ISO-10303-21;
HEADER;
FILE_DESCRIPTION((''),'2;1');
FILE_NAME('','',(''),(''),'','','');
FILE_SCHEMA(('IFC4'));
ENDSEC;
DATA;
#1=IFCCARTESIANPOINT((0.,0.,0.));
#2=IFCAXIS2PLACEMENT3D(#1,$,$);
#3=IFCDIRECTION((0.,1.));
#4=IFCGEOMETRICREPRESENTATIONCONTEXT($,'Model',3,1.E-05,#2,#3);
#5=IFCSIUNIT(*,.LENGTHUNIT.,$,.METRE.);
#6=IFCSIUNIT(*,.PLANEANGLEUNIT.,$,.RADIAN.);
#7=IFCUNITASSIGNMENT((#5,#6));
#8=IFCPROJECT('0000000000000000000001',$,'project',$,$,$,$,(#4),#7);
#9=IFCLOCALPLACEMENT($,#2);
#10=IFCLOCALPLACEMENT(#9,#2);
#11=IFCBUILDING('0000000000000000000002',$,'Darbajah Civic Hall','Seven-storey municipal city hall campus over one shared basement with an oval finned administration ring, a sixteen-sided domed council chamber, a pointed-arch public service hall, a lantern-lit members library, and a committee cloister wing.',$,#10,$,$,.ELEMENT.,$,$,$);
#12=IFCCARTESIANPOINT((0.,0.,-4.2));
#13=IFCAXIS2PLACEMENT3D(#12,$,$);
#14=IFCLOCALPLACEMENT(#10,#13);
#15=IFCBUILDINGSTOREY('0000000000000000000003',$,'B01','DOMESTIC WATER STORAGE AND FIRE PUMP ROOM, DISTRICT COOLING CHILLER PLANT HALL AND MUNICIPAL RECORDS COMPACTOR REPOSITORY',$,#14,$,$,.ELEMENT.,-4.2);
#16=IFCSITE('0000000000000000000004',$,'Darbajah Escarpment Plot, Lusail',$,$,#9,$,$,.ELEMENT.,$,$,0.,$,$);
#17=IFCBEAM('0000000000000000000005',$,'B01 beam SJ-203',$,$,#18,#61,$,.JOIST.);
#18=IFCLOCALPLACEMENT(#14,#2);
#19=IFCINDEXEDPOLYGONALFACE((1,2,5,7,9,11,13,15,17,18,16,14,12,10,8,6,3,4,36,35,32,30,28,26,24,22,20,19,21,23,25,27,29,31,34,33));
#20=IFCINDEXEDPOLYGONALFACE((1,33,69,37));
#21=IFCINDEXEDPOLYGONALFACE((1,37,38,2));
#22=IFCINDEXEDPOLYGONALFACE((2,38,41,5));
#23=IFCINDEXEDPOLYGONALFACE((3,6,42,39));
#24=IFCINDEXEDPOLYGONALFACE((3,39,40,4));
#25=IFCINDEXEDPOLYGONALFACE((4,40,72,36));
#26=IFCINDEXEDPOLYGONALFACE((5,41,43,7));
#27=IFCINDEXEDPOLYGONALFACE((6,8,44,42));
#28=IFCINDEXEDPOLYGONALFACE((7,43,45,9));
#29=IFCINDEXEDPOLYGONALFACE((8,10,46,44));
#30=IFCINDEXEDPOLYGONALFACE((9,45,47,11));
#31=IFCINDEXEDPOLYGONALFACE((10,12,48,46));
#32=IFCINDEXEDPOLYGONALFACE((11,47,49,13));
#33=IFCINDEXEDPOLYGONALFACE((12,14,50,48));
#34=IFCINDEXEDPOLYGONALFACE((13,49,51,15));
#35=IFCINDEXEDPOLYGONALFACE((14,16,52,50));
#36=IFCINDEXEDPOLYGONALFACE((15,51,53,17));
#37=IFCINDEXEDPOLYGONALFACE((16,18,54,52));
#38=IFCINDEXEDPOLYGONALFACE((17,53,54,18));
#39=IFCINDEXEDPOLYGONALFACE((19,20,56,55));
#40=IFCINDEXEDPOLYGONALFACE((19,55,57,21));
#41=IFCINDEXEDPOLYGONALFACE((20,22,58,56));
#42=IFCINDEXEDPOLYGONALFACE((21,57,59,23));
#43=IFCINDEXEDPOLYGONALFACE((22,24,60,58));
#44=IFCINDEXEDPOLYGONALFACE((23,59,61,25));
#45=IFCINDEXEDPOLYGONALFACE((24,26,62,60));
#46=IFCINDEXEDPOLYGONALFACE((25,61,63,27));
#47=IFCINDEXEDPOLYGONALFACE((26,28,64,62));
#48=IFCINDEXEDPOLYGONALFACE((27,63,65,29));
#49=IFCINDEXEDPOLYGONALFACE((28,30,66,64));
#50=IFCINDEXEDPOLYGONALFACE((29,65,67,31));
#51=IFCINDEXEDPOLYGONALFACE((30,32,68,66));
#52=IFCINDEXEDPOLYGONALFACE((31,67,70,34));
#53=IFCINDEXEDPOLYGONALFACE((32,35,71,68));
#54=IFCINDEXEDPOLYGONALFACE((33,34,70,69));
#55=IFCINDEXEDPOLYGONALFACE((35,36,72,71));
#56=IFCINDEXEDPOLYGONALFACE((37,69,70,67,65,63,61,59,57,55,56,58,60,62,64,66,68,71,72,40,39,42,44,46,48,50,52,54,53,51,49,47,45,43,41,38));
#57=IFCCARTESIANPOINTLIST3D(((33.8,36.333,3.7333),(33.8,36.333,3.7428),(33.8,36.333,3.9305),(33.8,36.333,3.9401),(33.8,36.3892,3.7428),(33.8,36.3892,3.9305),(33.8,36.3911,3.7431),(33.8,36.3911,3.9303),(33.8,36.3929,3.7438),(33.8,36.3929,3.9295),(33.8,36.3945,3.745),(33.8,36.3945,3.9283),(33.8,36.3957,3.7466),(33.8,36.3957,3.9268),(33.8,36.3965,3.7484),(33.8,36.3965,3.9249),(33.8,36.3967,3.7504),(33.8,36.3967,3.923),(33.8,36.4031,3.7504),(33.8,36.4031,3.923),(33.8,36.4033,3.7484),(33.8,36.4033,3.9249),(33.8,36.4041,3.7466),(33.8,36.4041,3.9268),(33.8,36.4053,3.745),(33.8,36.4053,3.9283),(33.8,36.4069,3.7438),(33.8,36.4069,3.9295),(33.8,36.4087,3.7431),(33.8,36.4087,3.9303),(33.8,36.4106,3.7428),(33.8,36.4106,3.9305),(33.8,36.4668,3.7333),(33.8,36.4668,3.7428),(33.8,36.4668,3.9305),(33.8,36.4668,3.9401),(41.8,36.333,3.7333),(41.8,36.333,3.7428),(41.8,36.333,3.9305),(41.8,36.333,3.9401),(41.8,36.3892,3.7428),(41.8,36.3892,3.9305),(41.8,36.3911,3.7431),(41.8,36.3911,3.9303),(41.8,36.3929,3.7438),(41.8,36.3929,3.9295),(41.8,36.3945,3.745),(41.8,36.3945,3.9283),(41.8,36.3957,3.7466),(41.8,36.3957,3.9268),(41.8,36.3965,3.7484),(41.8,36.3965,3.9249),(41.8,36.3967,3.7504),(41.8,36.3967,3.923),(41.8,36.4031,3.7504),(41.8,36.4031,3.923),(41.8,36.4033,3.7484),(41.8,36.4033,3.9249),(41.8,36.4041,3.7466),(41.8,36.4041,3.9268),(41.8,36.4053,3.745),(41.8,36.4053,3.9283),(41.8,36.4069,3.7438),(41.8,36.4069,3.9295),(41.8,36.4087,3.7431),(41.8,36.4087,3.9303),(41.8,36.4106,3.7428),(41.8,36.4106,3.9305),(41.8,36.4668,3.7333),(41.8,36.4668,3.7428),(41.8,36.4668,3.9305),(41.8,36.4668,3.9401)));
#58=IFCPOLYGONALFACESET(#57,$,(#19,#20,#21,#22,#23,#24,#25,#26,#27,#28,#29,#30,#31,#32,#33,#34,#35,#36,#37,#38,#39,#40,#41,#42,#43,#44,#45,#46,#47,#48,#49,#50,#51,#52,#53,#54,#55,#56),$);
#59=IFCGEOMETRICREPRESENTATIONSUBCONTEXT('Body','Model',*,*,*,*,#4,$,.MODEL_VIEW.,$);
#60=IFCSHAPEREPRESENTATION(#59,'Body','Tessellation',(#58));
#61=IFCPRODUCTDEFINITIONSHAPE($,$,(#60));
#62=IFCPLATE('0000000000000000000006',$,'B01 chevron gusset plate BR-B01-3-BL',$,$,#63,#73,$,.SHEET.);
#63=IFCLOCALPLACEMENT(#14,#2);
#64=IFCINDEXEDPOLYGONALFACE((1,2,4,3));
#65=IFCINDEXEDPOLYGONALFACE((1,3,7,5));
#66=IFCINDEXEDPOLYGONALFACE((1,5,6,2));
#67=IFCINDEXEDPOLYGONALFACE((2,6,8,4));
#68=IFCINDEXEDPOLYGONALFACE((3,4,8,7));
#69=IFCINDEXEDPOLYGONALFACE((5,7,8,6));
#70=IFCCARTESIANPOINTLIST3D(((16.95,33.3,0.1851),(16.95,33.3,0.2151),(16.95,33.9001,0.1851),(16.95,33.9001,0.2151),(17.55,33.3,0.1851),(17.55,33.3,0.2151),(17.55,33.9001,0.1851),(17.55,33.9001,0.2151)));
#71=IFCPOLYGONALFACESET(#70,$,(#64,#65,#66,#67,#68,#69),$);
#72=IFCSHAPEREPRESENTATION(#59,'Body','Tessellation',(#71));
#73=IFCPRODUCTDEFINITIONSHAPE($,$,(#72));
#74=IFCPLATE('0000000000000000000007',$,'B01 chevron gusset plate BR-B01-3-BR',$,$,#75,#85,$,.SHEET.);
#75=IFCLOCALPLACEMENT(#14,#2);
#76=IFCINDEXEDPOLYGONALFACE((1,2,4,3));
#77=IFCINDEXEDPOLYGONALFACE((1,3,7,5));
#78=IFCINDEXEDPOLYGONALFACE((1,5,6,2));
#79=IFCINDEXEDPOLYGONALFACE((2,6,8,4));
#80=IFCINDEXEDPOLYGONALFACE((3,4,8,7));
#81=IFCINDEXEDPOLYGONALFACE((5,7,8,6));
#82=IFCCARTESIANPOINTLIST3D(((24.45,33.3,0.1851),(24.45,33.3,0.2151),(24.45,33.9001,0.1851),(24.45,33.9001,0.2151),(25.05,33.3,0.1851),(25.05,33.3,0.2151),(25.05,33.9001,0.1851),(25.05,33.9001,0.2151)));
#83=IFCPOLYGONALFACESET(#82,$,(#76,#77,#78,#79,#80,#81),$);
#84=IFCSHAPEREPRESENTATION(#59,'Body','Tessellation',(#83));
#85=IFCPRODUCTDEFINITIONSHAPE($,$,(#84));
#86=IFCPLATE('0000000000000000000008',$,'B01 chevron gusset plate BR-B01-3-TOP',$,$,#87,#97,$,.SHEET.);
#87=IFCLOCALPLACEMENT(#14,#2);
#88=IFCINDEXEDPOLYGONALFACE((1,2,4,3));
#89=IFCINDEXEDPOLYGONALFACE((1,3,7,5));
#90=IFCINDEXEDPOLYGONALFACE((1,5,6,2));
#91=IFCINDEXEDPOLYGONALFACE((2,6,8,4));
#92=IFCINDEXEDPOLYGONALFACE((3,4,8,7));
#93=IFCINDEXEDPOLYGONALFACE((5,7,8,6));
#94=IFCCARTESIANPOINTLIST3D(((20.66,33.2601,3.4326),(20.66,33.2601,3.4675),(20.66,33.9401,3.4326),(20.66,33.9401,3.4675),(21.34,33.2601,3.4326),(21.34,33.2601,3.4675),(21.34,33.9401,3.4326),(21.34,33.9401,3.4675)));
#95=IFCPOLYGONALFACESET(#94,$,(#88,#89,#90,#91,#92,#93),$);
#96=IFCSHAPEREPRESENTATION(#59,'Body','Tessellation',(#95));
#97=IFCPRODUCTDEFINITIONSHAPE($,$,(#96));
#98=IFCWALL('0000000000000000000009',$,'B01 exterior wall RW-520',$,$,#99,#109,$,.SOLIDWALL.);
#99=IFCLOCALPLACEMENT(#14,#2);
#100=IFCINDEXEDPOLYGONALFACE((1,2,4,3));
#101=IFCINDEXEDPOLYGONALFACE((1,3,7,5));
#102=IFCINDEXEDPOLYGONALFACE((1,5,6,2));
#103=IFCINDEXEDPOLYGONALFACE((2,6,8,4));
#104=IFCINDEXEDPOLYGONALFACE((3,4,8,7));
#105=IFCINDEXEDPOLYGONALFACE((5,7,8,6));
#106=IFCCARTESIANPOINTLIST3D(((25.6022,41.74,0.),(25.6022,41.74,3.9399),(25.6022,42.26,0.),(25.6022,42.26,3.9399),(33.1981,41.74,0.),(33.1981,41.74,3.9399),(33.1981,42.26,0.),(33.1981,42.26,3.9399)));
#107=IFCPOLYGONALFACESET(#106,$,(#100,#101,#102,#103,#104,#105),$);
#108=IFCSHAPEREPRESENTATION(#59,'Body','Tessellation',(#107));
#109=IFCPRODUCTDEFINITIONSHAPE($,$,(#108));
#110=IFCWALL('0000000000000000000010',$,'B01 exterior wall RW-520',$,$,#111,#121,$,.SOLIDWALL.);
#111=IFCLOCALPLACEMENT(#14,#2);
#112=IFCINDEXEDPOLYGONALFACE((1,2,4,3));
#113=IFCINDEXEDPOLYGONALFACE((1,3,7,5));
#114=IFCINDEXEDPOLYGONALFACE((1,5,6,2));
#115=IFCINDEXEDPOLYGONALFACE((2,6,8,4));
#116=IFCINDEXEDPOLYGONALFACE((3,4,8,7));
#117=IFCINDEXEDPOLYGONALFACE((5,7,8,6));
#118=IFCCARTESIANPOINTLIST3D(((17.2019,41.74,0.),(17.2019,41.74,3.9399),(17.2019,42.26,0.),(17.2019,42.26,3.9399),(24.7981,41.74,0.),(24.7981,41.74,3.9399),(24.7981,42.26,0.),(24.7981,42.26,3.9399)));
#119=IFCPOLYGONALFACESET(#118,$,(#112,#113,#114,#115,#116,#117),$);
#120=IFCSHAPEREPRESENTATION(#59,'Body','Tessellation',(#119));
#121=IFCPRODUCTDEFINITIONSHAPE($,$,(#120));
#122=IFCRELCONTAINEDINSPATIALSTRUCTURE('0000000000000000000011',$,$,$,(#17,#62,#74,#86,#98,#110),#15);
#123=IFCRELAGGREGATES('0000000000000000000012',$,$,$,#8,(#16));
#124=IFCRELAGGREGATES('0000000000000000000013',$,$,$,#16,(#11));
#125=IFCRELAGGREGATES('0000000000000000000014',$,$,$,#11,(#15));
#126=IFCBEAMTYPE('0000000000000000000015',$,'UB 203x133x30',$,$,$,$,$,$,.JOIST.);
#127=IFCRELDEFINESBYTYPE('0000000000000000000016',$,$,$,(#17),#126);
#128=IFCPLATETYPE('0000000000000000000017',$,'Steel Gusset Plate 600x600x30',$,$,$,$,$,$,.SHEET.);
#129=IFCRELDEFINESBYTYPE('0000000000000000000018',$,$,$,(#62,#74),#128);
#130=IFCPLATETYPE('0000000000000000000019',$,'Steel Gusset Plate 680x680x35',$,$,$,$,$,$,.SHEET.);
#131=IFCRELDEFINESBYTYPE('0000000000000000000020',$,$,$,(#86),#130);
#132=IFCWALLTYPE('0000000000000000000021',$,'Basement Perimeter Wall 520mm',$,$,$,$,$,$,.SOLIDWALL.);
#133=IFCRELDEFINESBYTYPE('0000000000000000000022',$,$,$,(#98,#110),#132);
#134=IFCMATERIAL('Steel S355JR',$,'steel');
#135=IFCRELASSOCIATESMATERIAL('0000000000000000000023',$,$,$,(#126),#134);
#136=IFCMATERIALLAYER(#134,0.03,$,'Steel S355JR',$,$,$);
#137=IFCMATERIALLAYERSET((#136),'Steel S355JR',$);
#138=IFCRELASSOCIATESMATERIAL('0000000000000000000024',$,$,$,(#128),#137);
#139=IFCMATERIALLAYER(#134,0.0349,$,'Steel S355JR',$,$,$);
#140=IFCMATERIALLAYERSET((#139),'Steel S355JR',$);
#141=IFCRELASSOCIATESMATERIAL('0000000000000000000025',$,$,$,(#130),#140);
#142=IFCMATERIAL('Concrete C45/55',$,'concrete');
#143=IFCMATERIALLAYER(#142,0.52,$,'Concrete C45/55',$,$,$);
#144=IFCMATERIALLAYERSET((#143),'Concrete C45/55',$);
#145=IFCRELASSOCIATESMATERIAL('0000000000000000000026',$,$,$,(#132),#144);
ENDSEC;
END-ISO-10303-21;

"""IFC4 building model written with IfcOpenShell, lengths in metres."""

from ifc_helpers import new_model, si_unit, direction, frame, frame_2d, origin, origin_2d, place, context, subcontext, project, spatial, rectangle, i_section, extrude, material, layer, layer_set, material_profile, profile_set, type_object, element, save


model = new_model("IFC4")

# Units and contexts
model_context = context("Model", 3, precision=1e-05, world=origin(), true_north=direction((0.0, 1.0)))
body_context = subcontext(model_context, "Body", "Model", "MODEL_VIEW")
ifc_project = project(units=[si_unit("LENGTHUNIT", "METRE"), si_unit("PLANEANGLEUNIT", "RADIAN")], contexts=[model_context])

# Site, building, storey
site_placement = place(None, origin())
site = spatial("IfcSite", under=ifc_project, at=site_placement, Name="Darbajah Escarpment Plot, Lusail", CompositionType="ELEMENT", RefElevation=0.0)
building_placement = place(site_placement, origin())
building = spatial("IfcBuilding", under=site, at=building_placement, Name="Darbajah Civic Hall", Description="Seven-storey municipal city hall campus over one shared basement with an oval finned administration ring, a sixteen-sided domed council chamber, a pointed-arch public service hall, a lantern-lit members library, and a committee cloister wing.", CompositionType="ELEMENT")
storey_placement = place(building_placement, frame((0.0, 0.0, -4.2)))
storey = spatial("IfcBuildingStorey", under=building, at=storey_placement, Name="B01", Description="DOMESTIC WATER STORAGE AND FIRE PUMP ROOM, DISTRICT COOLING CHILLER PLANT HALL AND MUNICIPAL RECORDS COMPACTOR REPOSITORY", CompositionType="ELEMENT", Elevation=-4.2)

# Shared definitions
ifc_material_1 = material(Name="Concrete C45/55", Category="concrete")

# Shared definitions
ifc_material_2 = material(Name="Steel S355JR", Category="steel")

# Beam
ifc_material_profile_1 = material_profile(ifc_material_2, i_section(OverallWidth=0.1338, OverallDepth=0.2068, WebThickness=0.0063, FlangeThickness=0.0095, FilletRadius=0.0076, at=origin_2d()), Name="UB 203x133x30")
ifc_profile_set_1 = profile_set([ifc_material_profile_1], Name="Steel S355JR")
beam_type_1 = type_object("IfcBeamType", Name="UB 203x133x30", PredefinedType="JOIST", material=ifc_profile_set_1)
for number, where, z_axis, x_axis, name in (
    (1, (33.8, 36.3999, 3.8367), (1.0, 0.0, 0.0), (0.0, 1.0, 0.0), "B01 beam SJ-203"),
):
    element("IfcBeam", number, at=place(storey_placement, frame(where, z_axis=z_axis, x_axis=x_axis)), inside=storey, type_object=beam_type_1, Name=name, PredefinedType="JOIST", context=body_context, shape_type="SweptSolid", body=[
        extrude(i_section(OverallWidth=0.1338, OverallDepth=0.2068, WebThickness=0.0063, FlangeThickness=0.0095, FilletRadius=0.0076, at=origin_2d()), origin(), (0.0, 0.0, 1.0), 8.0),
    ])

# Plates
ifc_layer_1 = layer(ifc_material_2, 0.03, Name="Steel S355JR")
ifc_layer_set_1 = layer_set([ifc_layer_1], Name="Steel S355JR")
plate_type_1 = type_object("IfcPlateType", Name="Steel Gusset Plate 600x600x30", PredefinedType="SHEET", material=ifc_layer_set_1)
for number, where, z_axis, x_axis, name in (
    (2, (17.25, 33.6001, 0.1851), (0.0, 0.0, 1.0), (1.0, 0.0, 0.0), "B01 chevron gusset plate BR-B01-3-BL"),
    (3, (24.75, 33.6001, 0.1851), (0.0, 0.0, 1.0), (1.0, 0.0, 0.0), "B01 chevron gusset plate BR-B01-3-BR"),
):
    element("IfcPlate", number, at=place(storey_placement, frame(where, z_axis=z_axis, x_axis=x_axis)), inside=storey, type_object=plate_type_1, Name=name, PredefinedType="SHEET", context=body_context, shape_type="SweptSolid", body=[
        extrude(rectangle(XDim=0.6001, YDim=0.6001, at=origin_2d()), origin(), (0.0, 0.0, 1.0), 0.03),
    ])
ifc_layer_2 = layer(ifc_material_2, 0.0349, Name="Steel S355JR")
ifc_layer_set_2 = layer_set([ifc_layer_2], Name="Steel S355JR")
plate_type_2 = type_object("IfcPlateType", Name="Steel Gusset Plate 680x680x35", PredefinedType="SHEET", material=ifc_layer_set_2)
plate_placement = place(storey_placement, frame((21.0, 33.6001, 3.4326), z_axis=(0.0, 0.0, 1.0), x_axis=(1.0, 0.0, 0.0)))
element("IfcPlate", 4, at=plate_placement, inside=storey, type_object=plate_type_2, Name="B01 chevron gusset plate BR-B01-3-TOP", PredefinedType="SHEET", context=body_context, shape_type="SweptSolid", body=[
    extrude(rectangle(XDim=0.6799, YDim=0.6799, at=origin_2d()), origin(), (0.0, 0.0, 1.0), 0.0349),
])

# Walls
ifc_layer_3 = layer(ifc_material_1, 0.52, Name="Concrete C45/55")
ifc_layer_set_3 = layer_set([ifc_layer_3], Name="Concrete C45/55")
wall_type = type_object("IfcWallType", Name="Basement Perimeter Wall 520mm", PredefinedType="SOLIDWALL", material=ifc_layer_set_3)
wall_1_placement = place(storey_placement, frame((33.198, 42.0, 0.0), z_axis=(0.0, 0.0, 1.0), x_axis=(-1.0, 0.0, 0.0)))
element("IfcWall", 5, at=wall_1_placement, inside=storey, type_object=wall_type, Name="B01 exterior wall RW-520", PredefinedType="SOLIDWALL", context=body_context, shape_type="SweptSolid", body=[
    extrude(rectangle(XDim=7.5959, YDim=0.52, at=frame_2d((3.7979, 0.0))), origin(), (0.0, 0.0, 1.0), 3.9399),
])
wall_2_placement = place(storey_placement, frame((24.7981, 42.0, 0.0), z_axis=(0.0, 0.0, 1.0), x_axis=(-1.0, 0.0, 0.0)))
element("IfcWall", 6, at=wall_2_placement, inside=storey, type_object=wall_type, Name="B01 exterior wall RW-520", PredefinedType="SOLIDWALL", context=body_context, shape_type="SweptSolid", body=[
    extrude(rectangle(XDim=7.5962, YDim=0.52, at=frame_2d((3.7981, 0.0))), origin(), (0.0, 0.0, 1.0), 3.9399),
])

save(model, "model.ifc")
